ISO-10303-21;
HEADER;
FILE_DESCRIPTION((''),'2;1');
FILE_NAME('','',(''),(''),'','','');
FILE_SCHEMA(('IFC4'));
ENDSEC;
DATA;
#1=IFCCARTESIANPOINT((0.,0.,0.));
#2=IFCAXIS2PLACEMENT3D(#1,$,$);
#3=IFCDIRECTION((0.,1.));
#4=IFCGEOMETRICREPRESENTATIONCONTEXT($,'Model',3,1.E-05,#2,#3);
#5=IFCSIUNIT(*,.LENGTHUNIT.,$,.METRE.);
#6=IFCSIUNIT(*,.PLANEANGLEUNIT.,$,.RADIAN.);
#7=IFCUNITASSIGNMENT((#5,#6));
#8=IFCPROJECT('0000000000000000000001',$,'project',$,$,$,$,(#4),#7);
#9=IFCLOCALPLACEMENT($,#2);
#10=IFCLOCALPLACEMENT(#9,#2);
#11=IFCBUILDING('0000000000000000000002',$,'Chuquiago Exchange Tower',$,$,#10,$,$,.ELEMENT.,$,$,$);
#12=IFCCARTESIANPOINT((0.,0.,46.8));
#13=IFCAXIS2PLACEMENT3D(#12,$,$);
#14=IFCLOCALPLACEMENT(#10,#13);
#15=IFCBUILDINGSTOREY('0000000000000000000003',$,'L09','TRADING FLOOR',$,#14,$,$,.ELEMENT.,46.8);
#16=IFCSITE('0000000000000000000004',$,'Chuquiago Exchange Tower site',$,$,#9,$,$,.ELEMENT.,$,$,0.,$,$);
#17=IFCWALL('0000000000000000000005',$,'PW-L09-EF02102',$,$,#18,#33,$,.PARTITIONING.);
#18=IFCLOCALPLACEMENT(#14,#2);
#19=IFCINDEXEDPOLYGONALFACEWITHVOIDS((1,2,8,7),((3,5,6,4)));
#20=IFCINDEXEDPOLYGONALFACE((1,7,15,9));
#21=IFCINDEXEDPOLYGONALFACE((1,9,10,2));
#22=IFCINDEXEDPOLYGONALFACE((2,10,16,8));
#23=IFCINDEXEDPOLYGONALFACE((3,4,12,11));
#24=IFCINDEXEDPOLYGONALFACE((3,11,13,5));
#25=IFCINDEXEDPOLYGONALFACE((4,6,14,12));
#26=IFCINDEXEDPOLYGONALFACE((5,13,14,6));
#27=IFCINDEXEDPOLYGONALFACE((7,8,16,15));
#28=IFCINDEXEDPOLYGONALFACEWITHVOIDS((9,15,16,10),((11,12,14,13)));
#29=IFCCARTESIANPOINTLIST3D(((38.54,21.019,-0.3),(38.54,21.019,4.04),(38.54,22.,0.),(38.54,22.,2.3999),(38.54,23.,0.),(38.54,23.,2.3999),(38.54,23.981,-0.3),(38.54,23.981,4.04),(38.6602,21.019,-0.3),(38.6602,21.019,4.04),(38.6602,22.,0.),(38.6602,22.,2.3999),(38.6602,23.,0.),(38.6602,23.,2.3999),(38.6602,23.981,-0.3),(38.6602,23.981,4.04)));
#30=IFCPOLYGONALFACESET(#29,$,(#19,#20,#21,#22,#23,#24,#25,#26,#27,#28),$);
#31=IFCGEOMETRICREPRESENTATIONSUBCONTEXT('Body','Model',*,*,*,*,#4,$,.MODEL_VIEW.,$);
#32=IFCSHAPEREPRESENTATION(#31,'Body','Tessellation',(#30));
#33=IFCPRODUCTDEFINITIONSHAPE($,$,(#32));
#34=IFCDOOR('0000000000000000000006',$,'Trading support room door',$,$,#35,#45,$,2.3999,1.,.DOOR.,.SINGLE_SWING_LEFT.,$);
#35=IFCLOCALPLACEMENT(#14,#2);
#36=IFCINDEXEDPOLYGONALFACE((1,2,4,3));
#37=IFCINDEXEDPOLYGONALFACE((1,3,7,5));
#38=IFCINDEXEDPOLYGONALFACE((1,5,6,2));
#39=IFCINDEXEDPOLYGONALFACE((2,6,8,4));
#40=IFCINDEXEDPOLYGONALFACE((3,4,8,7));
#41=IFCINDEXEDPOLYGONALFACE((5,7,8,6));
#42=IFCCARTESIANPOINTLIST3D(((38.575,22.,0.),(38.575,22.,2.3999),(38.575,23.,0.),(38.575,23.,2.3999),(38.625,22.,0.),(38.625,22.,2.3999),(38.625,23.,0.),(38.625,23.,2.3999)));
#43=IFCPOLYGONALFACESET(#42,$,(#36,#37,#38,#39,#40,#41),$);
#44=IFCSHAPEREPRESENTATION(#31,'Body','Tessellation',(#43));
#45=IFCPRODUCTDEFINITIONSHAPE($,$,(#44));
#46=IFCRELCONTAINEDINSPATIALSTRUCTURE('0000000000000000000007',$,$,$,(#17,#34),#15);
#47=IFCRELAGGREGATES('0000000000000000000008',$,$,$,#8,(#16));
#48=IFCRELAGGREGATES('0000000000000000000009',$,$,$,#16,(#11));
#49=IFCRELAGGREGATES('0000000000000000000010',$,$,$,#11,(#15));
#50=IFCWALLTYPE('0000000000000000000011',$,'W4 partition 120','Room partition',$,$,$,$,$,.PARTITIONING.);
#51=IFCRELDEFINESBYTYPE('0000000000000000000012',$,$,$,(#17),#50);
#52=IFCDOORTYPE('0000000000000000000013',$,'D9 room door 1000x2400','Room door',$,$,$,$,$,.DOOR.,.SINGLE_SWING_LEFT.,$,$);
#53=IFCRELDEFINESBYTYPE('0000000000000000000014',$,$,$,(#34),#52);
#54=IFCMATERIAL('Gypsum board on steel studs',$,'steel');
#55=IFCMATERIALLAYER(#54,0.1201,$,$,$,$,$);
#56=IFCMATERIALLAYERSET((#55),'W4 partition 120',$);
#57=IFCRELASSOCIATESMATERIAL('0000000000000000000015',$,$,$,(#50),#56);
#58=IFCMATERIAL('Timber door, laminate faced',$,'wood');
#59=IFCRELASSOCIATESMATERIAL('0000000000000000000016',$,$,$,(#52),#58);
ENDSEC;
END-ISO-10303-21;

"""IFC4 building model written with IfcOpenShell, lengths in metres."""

from ifc_helpers import new_model, si_unit, direction, frame, frame_2d, origin, place, context, subcontext, project, spatial, rectangle, extrude, material, layer, layer_set, type_object, element, fill, save


model = new_model("IFC4")

# Units and contexts
model_context = context("Model", 3, precision=1e-05, world=origin(), true_north=direction((0.0, 1.0)))
body_context = subcontext(model_context, "Body", "Model", "MODEL_VIEW")
ifc_project = project(units=[si_unit("LENGTHUNIT", "METRE"), si_unit("PLANEANGLEUNIT", "RADIAN")], contexts=[model_context])

# Site, building, storey
site_placement = place(None, origin())
site = spatial("IfcSite", under=ifc_project, at=site_placement, Name="Chuquiago Exchange Tower site", CompositionType="ELEMENT", RefElevation=0.0)
building_placement = place(site_placement, origin())
building = spatial("IfcBuilding", under=site, at=building_placement, Name="Chuquiago Exchange Tower", CompositionType="ELEMENT")
storey_placement = place(building_placement, frame((0.0, 0.0, 46.8)))
storey = spatial("IfcBuildingStorey", under=building, at=storey_placement, Name="L09", Description="TRADING FLOOR", CompositionType="ELEMENT", Elevation=46.8)

# Shared definitions
ifc_material_1 = material(Name="Gypsum board on steel studs", Category="steel")
ifc_layer_1 = layer(ifc_material_1, 0.1201)
ifc_layer_set_1 = layer_set([ifc_layer_1], Name="W4 partition 120")
wall_type_1 = type_object("IfcWallType", Name="W4 partition 120", Description="Room partition", PredefinedType="PARTITIONING", material=ifc_layer_set_1)

# Wall, opening, door
ifc_material_2 = material(Name="Timber door, laminate faced", Category="wood")
door_type = type_object("IfcDoorType", Name="D9 room door 1000x2400", Description="Room door", OperationType="SINGLE_SWING_LEFT", PredefinedType="DOOR", material=ifc_material_2)
wall_1_placement = place(storey_placement, frame((38.6001, 21.019, -0.3), z_axis=(0.0, 0.0, 1.0), x_axis=(0.0, 1.0, 0.0)))
wall_1 = element("IfcWall", 1, at=wall_1_placement, inside=storey, type_object=wall_type_1, Name="PW-L09-EF02102", PredefinedType="PARTITIONING", context=body_context, shape_type="SweptSolid", body=[
    extrude(rectangle(XDim=2.9619, YDim=0.1201, at=frame_2d((1.481, 0.0))), origin(), (0.0, 0.0, 1.0), 4.3401),
])
opening_1_placement = place(wall_1_placement, frame((0.981, 0.0, 0.3)))
opening_1 = element("IfcOpeningElement", 2, at=opening_1_placement, cuts=wall_1, PredefinedType="OPENING", context=body_context, shape_type="SweptSolid", body=[
    extrude(rectangle(XDim=1.0, YDim=2.3999, at=frame_2d((0.5, 1.2))), frame((0.0, 0.0701, 0.0), z_axis=(0.0, -1.0, 0.0), x_axis=(1.0, 0.0, 0.0)), (0.0, 0.0, 1.0), 0.1401),
])
door_1_placement = place(opening_1_placement, frame((1.0, 0.0, 0.0), z_axis=(0.0, 0.0, 1.0), x_axis=(-1.0, 0.0, 0.0)))
door_1 = element("IfcDoor", 3, at=door_1_placement, inside=storey, type_object=door_type, Name="Trading support room door", OperationType="SINGLE_SWING_LEFT", OverallHeight=2.3999, OverallWidth=1.0, PredefinedType="DOOR", context=body_context, shape_type="SweptSolid", body=[
    extrude(rectangle(XDim=1.0, YDim=2.3999, at=frame_2d((0.5, 1.2))), frame((0.0, 0.0249, 0.0), z_axis=(0.0, -1.0, 0.0), x_axis=(1.0, 0.0, 0.0)), (0.0, 0.0, 1.0), 0.05),
])
fill(opening_1, door_1)

save(model, "model.ifc")
